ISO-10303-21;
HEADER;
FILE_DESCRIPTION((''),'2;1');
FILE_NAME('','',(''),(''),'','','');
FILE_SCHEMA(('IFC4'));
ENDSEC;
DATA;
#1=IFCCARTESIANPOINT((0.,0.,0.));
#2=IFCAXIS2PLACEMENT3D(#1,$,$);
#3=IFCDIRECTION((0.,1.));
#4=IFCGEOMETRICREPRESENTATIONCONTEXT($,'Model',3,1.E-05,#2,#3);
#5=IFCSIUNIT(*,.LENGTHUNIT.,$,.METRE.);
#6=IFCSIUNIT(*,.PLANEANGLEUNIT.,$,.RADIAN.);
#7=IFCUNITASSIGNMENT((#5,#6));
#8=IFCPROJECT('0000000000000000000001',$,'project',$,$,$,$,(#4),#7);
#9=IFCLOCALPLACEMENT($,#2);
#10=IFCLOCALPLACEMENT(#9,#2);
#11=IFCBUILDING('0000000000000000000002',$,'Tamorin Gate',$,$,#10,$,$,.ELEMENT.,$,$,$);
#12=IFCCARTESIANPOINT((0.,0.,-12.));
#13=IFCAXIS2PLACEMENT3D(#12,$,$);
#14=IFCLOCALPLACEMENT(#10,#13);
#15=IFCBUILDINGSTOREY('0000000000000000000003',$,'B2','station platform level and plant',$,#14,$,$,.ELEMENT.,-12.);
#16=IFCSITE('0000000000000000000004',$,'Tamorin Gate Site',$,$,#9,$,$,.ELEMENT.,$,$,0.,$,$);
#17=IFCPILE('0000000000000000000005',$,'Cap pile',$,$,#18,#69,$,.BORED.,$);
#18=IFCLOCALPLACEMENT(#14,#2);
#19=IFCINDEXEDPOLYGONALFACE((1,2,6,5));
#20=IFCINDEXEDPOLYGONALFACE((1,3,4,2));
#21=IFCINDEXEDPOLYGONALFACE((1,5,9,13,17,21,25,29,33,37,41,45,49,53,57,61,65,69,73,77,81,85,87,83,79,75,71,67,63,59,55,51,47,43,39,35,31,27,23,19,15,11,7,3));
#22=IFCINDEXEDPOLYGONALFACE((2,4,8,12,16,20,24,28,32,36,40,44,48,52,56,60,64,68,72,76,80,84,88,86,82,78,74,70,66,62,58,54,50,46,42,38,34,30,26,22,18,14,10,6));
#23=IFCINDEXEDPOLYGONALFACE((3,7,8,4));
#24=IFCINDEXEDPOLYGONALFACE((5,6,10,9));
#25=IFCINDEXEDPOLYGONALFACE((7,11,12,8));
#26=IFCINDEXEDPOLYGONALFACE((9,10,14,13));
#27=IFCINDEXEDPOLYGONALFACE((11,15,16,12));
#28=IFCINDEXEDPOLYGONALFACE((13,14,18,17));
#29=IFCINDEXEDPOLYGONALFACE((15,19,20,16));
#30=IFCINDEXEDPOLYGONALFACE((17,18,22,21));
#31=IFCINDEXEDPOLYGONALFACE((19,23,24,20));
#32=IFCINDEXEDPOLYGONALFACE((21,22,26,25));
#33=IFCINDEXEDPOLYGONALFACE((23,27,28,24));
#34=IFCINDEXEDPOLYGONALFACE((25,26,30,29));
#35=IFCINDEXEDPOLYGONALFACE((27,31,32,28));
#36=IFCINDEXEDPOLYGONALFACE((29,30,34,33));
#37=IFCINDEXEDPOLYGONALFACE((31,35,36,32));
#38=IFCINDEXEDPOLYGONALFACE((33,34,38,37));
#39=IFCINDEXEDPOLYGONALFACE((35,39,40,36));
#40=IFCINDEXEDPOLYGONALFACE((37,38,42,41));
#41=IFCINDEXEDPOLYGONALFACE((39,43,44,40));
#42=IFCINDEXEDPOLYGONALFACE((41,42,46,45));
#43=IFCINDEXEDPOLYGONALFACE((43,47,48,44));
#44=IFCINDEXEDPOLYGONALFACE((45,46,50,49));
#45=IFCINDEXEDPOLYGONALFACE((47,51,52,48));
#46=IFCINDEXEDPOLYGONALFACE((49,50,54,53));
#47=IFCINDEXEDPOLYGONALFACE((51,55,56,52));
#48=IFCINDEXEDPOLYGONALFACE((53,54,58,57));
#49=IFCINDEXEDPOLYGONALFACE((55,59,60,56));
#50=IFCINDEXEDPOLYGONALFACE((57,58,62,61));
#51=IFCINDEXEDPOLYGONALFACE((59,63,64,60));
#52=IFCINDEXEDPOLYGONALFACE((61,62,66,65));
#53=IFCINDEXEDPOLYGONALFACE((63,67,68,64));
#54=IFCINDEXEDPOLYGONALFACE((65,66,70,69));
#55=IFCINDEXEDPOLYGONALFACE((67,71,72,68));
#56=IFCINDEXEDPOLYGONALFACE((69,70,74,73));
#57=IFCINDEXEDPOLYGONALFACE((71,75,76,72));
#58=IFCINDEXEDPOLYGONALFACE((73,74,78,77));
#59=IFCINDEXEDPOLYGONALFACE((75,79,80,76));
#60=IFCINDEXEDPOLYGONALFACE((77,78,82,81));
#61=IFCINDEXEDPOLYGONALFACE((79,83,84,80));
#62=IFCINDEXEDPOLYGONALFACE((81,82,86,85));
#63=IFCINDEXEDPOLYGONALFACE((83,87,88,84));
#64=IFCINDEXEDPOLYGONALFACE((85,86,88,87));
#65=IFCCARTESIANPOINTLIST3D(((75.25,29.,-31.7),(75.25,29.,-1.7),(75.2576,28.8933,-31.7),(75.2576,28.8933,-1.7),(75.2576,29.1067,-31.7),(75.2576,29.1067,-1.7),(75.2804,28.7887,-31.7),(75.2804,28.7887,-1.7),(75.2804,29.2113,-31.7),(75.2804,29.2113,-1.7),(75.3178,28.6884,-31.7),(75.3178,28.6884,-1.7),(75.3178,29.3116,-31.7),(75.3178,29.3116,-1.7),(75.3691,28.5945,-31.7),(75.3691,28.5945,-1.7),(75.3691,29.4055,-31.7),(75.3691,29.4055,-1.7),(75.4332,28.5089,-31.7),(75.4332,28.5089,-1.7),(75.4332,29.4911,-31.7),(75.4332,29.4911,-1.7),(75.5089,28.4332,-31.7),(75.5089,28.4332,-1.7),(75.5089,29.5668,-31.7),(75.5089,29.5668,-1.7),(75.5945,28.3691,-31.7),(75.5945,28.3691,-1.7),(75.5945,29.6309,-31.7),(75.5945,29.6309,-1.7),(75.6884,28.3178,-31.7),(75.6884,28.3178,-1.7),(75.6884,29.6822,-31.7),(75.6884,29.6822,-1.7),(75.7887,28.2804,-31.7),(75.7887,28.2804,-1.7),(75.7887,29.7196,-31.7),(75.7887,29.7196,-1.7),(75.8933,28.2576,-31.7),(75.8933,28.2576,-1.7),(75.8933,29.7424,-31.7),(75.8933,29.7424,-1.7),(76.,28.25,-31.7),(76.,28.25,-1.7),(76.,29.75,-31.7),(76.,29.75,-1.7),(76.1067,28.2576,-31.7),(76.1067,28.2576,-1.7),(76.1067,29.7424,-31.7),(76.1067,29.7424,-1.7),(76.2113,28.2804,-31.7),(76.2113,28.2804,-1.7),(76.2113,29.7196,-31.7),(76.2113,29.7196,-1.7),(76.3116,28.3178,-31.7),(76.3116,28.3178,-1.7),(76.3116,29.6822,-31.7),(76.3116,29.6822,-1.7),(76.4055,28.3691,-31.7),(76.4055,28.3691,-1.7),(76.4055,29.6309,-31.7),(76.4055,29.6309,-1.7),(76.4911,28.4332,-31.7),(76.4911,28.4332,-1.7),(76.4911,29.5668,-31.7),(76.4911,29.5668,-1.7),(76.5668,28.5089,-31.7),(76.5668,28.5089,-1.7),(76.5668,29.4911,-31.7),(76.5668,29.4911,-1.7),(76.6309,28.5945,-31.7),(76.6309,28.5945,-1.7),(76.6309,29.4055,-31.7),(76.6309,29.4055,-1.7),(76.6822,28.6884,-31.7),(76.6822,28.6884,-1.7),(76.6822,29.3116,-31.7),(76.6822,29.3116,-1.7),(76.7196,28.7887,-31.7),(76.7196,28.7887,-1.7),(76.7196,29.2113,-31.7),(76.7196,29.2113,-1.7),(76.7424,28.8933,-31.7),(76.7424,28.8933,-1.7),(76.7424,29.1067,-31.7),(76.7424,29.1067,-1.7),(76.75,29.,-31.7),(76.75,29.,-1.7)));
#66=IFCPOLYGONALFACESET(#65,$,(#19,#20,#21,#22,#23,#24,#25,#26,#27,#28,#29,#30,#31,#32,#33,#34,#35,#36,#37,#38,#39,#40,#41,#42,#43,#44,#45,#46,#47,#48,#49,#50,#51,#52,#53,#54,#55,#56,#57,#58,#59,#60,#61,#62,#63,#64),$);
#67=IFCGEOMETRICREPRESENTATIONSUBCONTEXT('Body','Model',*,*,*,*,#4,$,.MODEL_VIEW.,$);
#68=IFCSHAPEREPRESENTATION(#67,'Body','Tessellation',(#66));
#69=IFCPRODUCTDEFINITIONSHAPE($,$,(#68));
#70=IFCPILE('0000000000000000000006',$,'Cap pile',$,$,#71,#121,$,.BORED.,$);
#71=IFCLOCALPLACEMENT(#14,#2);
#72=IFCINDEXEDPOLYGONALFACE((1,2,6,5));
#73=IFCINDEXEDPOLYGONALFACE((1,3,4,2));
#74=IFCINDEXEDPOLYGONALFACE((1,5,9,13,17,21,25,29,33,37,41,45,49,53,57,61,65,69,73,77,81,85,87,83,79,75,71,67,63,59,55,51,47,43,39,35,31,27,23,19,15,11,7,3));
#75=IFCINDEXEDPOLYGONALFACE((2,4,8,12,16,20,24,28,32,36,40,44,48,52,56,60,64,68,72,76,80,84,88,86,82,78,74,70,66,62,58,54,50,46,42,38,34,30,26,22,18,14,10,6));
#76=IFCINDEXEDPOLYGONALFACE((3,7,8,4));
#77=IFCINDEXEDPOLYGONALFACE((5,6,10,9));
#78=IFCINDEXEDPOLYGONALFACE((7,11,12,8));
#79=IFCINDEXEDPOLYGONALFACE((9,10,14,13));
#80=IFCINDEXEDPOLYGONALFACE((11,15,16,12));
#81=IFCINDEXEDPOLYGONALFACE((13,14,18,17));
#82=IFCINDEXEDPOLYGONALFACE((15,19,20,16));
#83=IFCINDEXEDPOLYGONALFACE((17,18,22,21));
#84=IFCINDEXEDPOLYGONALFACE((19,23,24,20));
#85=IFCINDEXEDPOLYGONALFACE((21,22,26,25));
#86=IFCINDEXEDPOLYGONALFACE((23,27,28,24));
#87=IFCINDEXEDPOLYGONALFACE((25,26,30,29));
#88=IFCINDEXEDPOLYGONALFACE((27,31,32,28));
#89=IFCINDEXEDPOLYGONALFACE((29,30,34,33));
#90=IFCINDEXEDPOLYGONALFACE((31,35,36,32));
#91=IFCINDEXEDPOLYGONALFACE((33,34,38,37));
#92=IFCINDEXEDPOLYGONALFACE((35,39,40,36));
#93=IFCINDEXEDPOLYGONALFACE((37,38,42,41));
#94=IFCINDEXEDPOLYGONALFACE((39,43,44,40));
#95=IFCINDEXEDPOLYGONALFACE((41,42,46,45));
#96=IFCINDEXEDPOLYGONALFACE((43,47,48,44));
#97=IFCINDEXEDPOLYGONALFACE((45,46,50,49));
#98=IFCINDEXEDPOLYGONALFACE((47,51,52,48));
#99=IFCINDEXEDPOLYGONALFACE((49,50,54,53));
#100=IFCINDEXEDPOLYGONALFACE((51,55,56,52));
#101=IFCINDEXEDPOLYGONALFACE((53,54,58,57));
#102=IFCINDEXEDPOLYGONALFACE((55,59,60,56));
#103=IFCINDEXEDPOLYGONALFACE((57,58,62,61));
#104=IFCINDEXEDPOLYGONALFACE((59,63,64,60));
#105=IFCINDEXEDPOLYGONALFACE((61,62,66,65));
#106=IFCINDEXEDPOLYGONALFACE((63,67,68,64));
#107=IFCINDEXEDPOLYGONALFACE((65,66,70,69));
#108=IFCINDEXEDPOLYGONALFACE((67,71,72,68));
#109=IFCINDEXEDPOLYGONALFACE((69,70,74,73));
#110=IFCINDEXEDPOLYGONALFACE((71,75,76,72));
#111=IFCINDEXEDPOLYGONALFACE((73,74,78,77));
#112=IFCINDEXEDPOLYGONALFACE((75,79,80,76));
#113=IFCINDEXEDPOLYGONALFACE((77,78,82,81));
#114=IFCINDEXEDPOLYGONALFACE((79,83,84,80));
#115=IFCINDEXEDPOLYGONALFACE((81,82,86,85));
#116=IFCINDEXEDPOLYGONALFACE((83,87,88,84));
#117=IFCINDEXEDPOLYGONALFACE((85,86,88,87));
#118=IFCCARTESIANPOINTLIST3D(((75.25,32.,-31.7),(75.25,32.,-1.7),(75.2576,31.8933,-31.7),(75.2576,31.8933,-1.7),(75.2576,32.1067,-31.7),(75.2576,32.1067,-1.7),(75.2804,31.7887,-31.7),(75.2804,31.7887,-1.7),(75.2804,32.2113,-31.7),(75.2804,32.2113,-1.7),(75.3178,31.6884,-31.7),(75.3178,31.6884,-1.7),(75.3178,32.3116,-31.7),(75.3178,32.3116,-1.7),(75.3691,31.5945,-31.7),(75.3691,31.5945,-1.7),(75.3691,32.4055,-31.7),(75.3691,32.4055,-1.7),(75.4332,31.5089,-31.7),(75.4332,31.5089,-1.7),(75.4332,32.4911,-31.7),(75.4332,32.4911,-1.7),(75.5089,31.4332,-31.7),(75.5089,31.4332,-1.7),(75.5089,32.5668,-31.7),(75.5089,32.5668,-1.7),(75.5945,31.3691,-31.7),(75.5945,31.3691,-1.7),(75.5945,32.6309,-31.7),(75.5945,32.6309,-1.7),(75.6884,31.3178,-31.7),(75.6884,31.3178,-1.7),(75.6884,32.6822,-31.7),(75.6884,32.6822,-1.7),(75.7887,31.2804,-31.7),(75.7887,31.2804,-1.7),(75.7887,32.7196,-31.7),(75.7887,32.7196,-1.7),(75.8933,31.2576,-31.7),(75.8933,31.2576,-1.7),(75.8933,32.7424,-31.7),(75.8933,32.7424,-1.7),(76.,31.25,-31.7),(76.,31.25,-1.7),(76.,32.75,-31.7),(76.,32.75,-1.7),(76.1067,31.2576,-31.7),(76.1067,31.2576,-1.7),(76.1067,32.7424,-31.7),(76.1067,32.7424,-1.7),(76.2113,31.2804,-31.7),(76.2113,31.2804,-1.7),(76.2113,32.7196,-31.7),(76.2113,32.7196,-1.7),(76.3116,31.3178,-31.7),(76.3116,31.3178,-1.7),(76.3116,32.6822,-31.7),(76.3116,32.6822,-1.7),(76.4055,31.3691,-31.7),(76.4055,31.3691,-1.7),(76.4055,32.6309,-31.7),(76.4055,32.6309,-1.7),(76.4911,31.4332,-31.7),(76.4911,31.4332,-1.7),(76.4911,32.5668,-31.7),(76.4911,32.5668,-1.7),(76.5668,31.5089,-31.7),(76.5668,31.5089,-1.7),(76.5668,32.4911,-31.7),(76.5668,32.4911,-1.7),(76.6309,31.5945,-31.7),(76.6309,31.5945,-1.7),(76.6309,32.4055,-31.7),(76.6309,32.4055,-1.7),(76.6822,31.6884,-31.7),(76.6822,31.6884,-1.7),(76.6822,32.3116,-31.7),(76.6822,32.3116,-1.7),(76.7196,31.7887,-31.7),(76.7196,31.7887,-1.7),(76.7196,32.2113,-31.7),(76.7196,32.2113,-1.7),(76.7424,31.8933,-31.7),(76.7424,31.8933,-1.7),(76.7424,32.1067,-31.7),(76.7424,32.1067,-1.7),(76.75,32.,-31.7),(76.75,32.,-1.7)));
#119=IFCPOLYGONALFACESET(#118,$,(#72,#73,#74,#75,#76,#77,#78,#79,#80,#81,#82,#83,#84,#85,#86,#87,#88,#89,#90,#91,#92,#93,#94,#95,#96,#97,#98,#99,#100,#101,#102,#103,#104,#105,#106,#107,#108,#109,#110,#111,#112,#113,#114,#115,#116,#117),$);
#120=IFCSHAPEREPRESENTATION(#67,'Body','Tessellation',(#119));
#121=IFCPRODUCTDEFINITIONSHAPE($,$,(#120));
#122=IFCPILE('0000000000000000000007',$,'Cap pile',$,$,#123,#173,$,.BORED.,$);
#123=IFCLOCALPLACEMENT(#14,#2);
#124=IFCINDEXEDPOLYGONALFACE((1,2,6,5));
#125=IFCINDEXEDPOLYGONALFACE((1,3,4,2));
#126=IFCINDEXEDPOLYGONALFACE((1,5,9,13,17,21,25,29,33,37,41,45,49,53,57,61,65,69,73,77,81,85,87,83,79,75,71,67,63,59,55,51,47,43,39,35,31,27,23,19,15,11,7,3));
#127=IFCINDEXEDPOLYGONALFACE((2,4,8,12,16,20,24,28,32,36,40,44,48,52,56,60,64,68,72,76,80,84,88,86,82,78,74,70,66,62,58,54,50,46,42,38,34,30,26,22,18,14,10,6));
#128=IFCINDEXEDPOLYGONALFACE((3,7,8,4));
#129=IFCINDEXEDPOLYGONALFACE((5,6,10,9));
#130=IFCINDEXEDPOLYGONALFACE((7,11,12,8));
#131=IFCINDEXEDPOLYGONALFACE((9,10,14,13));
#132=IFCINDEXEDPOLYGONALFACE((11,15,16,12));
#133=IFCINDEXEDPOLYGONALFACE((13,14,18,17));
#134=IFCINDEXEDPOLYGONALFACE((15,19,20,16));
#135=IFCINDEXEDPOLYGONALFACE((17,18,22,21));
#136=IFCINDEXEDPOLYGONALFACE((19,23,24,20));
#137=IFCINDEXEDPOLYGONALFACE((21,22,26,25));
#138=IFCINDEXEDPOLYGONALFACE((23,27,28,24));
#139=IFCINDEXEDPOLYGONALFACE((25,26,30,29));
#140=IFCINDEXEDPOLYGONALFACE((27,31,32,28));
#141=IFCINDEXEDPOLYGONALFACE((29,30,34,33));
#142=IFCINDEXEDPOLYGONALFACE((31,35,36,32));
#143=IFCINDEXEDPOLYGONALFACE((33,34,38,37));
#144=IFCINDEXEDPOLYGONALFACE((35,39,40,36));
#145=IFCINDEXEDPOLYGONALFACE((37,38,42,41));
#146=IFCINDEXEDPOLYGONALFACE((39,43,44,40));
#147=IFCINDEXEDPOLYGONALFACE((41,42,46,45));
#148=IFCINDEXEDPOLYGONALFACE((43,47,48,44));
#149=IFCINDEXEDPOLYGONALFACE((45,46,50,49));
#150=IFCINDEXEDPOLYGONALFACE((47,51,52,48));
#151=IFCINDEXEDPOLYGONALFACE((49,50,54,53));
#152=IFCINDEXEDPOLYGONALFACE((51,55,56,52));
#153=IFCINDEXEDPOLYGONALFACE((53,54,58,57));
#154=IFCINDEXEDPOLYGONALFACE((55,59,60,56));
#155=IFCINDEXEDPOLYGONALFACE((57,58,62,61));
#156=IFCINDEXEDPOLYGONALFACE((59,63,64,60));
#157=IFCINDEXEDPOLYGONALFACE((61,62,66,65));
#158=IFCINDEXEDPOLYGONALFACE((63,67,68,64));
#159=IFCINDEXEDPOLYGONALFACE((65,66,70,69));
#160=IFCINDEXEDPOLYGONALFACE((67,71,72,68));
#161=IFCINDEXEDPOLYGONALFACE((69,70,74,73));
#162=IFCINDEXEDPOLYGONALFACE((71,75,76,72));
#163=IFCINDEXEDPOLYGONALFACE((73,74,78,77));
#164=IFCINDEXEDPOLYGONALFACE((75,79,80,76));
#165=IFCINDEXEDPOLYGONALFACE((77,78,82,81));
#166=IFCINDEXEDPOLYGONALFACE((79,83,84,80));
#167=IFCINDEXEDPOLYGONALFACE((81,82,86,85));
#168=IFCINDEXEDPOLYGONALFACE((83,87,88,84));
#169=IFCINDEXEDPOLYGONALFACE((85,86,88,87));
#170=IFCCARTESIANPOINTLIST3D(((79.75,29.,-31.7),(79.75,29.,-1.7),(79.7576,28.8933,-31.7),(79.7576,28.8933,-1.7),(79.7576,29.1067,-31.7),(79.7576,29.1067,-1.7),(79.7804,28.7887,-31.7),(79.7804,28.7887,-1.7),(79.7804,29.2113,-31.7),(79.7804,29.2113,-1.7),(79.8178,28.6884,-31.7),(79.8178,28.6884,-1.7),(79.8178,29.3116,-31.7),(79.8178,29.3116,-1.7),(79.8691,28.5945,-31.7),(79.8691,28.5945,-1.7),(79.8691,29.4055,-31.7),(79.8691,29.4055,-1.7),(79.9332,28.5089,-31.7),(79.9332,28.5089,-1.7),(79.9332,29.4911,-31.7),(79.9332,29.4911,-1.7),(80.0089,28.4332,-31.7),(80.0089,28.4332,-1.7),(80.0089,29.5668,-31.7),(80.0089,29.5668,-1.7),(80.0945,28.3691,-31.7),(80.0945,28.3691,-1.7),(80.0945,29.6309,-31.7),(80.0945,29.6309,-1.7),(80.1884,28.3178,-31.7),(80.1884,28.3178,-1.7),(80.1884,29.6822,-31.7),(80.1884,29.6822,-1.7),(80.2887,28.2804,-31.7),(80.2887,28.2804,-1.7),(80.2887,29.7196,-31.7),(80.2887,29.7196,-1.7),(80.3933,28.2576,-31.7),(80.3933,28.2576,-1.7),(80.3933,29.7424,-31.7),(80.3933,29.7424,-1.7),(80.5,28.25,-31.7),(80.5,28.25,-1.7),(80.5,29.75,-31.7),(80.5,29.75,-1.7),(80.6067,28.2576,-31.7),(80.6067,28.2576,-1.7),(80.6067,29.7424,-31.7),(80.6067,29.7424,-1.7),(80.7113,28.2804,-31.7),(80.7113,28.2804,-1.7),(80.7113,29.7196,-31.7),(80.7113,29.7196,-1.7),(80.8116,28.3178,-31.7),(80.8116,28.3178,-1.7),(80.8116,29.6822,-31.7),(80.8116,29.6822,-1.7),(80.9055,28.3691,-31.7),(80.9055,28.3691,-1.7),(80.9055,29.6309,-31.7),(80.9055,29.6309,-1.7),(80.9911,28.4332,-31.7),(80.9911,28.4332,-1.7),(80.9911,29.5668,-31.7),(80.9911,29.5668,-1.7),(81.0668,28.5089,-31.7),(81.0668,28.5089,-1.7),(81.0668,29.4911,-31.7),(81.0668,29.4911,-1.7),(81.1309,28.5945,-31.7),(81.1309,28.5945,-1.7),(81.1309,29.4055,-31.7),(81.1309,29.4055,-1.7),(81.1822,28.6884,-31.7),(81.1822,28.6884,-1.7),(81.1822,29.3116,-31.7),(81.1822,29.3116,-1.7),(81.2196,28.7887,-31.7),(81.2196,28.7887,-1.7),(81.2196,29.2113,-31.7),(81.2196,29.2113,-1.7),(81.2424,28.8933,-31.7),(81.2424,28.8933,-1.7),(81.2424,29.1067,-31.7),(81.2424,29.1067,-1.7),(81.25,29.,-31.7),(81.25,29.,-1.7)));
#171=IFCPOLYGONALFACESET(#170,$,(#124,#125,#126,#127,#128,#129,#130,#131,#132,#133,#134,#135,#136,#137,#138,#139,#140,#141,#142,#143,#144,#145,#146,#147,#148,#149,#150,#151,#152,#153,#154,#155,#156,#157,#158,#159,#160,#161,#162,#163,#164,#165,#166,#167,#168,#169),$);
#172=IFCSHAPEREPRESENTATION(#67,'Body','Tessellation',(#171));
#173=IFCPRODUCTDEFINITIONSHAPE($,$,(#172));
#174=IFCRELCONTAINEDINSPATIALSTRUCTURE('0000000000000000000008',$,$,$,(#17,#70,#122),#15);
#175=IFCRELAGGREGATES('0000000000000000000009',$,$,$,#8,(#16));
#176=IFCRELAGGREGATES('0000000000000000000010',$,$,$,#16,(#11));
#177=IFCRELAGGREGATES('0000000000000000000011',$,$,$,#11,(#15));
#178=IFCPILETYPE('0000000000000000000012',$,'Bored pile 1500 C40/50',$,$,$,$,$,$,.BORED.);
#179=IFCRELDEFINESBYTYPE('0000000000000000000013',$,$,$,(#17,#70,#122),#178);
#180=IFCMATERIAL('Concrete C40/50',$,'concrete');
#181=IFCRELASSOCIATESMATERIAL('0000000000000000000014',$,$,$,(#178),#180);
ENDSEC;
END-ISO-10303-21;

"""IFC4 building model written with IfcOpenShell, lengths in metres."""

from ifc_helpers import new_model, si_unit, direction, frame, origin, origin_2d, place, context, subcontext, project, spatial, circle, extrude, material, material_profile, profile_set, type_object, element, save


model = new_model("IFC4")

# Units and contexts
model_context = context("Model", 3, precision=1e-05, world=origin(), true_north=direction((0.0, 1.0)))
body_context = subcontext(model_context, "Body", "Model", "MODEL_VIEW")
ifc_project = project(units=[si_unit("LENGTHUNIT", "METRE"), si_unit("PLANEANGLEUNIT", "RADIAN")], contexts=[model_context])

# Site, building, storey
site_placement = place(None, origin())
site = spatial("IfcSite", under=ifc_project, at=site_placement, Name="Tamorin Gate Site", CompositionType="ELEMENT", RefElevation=0.0)
building_placement = place(site_placement, origin())
building = spatial("IfcBuilding", under=site, at=building_placement, Name="Tamorin Gate", CompositionType="ELEMENT")
storey_placement = place(building_placement, frame((0.0, 0.0, -12.0)))
storey = spatial("IfcBuildingStorey", under=building, at=storey_placement, Name="B2", Description="station platform level and plant", CompositionType="ELEMENT", Elevation=-12.0)

# Piles
ifc_material_1 = material(Name="Concrete C40/50", Category="concrete")
ifc_material_profile_1 = material_profile(ifc_material_1, circle(Radius=0.75, at=origin_2d()))
ifc_profile_set_1 = profile_set([ifc_material_profile_1], Name="Concrete C40/50")
pile_type = type_object("IfcPileType", Name="Bored pile 1500 C40/50", PredefinedType="BORED", material=ifc_profile_set_1)
for number, where, z_axis, x_axis, name in (
    (1, (76.0, 29.0, -1.7), (0.0, 0.0, -1.0), (1.0, 0.0, 0.0), "Cap pile"),
    (2, (76.0, 32.0, -1.7), (0.0, 0.0, -1.0), (1.0, 0.0, 0.0), "Cap pile"),
    (3, (80.5, 29.0, -1.7), (0.0, 0.0, -1.0), (1.0, 0.0, 0.0), "Cap pile"),
):
    element("IfcPile", number, at=place(storey_placement, frame(where, z_axis=z_axis, x_axis=x_axis)), inside=storey, type_object=pile_type, Name=name, PredefinedType="BORED", context=body_context, shape_type="SweptSolid", body=[
        extrude(circle(Radius=0.75, at=origin_2d()), origin(), (0.0, 0.0, 1.0), 30.0),
    ])

save(model, "model.ifc")
